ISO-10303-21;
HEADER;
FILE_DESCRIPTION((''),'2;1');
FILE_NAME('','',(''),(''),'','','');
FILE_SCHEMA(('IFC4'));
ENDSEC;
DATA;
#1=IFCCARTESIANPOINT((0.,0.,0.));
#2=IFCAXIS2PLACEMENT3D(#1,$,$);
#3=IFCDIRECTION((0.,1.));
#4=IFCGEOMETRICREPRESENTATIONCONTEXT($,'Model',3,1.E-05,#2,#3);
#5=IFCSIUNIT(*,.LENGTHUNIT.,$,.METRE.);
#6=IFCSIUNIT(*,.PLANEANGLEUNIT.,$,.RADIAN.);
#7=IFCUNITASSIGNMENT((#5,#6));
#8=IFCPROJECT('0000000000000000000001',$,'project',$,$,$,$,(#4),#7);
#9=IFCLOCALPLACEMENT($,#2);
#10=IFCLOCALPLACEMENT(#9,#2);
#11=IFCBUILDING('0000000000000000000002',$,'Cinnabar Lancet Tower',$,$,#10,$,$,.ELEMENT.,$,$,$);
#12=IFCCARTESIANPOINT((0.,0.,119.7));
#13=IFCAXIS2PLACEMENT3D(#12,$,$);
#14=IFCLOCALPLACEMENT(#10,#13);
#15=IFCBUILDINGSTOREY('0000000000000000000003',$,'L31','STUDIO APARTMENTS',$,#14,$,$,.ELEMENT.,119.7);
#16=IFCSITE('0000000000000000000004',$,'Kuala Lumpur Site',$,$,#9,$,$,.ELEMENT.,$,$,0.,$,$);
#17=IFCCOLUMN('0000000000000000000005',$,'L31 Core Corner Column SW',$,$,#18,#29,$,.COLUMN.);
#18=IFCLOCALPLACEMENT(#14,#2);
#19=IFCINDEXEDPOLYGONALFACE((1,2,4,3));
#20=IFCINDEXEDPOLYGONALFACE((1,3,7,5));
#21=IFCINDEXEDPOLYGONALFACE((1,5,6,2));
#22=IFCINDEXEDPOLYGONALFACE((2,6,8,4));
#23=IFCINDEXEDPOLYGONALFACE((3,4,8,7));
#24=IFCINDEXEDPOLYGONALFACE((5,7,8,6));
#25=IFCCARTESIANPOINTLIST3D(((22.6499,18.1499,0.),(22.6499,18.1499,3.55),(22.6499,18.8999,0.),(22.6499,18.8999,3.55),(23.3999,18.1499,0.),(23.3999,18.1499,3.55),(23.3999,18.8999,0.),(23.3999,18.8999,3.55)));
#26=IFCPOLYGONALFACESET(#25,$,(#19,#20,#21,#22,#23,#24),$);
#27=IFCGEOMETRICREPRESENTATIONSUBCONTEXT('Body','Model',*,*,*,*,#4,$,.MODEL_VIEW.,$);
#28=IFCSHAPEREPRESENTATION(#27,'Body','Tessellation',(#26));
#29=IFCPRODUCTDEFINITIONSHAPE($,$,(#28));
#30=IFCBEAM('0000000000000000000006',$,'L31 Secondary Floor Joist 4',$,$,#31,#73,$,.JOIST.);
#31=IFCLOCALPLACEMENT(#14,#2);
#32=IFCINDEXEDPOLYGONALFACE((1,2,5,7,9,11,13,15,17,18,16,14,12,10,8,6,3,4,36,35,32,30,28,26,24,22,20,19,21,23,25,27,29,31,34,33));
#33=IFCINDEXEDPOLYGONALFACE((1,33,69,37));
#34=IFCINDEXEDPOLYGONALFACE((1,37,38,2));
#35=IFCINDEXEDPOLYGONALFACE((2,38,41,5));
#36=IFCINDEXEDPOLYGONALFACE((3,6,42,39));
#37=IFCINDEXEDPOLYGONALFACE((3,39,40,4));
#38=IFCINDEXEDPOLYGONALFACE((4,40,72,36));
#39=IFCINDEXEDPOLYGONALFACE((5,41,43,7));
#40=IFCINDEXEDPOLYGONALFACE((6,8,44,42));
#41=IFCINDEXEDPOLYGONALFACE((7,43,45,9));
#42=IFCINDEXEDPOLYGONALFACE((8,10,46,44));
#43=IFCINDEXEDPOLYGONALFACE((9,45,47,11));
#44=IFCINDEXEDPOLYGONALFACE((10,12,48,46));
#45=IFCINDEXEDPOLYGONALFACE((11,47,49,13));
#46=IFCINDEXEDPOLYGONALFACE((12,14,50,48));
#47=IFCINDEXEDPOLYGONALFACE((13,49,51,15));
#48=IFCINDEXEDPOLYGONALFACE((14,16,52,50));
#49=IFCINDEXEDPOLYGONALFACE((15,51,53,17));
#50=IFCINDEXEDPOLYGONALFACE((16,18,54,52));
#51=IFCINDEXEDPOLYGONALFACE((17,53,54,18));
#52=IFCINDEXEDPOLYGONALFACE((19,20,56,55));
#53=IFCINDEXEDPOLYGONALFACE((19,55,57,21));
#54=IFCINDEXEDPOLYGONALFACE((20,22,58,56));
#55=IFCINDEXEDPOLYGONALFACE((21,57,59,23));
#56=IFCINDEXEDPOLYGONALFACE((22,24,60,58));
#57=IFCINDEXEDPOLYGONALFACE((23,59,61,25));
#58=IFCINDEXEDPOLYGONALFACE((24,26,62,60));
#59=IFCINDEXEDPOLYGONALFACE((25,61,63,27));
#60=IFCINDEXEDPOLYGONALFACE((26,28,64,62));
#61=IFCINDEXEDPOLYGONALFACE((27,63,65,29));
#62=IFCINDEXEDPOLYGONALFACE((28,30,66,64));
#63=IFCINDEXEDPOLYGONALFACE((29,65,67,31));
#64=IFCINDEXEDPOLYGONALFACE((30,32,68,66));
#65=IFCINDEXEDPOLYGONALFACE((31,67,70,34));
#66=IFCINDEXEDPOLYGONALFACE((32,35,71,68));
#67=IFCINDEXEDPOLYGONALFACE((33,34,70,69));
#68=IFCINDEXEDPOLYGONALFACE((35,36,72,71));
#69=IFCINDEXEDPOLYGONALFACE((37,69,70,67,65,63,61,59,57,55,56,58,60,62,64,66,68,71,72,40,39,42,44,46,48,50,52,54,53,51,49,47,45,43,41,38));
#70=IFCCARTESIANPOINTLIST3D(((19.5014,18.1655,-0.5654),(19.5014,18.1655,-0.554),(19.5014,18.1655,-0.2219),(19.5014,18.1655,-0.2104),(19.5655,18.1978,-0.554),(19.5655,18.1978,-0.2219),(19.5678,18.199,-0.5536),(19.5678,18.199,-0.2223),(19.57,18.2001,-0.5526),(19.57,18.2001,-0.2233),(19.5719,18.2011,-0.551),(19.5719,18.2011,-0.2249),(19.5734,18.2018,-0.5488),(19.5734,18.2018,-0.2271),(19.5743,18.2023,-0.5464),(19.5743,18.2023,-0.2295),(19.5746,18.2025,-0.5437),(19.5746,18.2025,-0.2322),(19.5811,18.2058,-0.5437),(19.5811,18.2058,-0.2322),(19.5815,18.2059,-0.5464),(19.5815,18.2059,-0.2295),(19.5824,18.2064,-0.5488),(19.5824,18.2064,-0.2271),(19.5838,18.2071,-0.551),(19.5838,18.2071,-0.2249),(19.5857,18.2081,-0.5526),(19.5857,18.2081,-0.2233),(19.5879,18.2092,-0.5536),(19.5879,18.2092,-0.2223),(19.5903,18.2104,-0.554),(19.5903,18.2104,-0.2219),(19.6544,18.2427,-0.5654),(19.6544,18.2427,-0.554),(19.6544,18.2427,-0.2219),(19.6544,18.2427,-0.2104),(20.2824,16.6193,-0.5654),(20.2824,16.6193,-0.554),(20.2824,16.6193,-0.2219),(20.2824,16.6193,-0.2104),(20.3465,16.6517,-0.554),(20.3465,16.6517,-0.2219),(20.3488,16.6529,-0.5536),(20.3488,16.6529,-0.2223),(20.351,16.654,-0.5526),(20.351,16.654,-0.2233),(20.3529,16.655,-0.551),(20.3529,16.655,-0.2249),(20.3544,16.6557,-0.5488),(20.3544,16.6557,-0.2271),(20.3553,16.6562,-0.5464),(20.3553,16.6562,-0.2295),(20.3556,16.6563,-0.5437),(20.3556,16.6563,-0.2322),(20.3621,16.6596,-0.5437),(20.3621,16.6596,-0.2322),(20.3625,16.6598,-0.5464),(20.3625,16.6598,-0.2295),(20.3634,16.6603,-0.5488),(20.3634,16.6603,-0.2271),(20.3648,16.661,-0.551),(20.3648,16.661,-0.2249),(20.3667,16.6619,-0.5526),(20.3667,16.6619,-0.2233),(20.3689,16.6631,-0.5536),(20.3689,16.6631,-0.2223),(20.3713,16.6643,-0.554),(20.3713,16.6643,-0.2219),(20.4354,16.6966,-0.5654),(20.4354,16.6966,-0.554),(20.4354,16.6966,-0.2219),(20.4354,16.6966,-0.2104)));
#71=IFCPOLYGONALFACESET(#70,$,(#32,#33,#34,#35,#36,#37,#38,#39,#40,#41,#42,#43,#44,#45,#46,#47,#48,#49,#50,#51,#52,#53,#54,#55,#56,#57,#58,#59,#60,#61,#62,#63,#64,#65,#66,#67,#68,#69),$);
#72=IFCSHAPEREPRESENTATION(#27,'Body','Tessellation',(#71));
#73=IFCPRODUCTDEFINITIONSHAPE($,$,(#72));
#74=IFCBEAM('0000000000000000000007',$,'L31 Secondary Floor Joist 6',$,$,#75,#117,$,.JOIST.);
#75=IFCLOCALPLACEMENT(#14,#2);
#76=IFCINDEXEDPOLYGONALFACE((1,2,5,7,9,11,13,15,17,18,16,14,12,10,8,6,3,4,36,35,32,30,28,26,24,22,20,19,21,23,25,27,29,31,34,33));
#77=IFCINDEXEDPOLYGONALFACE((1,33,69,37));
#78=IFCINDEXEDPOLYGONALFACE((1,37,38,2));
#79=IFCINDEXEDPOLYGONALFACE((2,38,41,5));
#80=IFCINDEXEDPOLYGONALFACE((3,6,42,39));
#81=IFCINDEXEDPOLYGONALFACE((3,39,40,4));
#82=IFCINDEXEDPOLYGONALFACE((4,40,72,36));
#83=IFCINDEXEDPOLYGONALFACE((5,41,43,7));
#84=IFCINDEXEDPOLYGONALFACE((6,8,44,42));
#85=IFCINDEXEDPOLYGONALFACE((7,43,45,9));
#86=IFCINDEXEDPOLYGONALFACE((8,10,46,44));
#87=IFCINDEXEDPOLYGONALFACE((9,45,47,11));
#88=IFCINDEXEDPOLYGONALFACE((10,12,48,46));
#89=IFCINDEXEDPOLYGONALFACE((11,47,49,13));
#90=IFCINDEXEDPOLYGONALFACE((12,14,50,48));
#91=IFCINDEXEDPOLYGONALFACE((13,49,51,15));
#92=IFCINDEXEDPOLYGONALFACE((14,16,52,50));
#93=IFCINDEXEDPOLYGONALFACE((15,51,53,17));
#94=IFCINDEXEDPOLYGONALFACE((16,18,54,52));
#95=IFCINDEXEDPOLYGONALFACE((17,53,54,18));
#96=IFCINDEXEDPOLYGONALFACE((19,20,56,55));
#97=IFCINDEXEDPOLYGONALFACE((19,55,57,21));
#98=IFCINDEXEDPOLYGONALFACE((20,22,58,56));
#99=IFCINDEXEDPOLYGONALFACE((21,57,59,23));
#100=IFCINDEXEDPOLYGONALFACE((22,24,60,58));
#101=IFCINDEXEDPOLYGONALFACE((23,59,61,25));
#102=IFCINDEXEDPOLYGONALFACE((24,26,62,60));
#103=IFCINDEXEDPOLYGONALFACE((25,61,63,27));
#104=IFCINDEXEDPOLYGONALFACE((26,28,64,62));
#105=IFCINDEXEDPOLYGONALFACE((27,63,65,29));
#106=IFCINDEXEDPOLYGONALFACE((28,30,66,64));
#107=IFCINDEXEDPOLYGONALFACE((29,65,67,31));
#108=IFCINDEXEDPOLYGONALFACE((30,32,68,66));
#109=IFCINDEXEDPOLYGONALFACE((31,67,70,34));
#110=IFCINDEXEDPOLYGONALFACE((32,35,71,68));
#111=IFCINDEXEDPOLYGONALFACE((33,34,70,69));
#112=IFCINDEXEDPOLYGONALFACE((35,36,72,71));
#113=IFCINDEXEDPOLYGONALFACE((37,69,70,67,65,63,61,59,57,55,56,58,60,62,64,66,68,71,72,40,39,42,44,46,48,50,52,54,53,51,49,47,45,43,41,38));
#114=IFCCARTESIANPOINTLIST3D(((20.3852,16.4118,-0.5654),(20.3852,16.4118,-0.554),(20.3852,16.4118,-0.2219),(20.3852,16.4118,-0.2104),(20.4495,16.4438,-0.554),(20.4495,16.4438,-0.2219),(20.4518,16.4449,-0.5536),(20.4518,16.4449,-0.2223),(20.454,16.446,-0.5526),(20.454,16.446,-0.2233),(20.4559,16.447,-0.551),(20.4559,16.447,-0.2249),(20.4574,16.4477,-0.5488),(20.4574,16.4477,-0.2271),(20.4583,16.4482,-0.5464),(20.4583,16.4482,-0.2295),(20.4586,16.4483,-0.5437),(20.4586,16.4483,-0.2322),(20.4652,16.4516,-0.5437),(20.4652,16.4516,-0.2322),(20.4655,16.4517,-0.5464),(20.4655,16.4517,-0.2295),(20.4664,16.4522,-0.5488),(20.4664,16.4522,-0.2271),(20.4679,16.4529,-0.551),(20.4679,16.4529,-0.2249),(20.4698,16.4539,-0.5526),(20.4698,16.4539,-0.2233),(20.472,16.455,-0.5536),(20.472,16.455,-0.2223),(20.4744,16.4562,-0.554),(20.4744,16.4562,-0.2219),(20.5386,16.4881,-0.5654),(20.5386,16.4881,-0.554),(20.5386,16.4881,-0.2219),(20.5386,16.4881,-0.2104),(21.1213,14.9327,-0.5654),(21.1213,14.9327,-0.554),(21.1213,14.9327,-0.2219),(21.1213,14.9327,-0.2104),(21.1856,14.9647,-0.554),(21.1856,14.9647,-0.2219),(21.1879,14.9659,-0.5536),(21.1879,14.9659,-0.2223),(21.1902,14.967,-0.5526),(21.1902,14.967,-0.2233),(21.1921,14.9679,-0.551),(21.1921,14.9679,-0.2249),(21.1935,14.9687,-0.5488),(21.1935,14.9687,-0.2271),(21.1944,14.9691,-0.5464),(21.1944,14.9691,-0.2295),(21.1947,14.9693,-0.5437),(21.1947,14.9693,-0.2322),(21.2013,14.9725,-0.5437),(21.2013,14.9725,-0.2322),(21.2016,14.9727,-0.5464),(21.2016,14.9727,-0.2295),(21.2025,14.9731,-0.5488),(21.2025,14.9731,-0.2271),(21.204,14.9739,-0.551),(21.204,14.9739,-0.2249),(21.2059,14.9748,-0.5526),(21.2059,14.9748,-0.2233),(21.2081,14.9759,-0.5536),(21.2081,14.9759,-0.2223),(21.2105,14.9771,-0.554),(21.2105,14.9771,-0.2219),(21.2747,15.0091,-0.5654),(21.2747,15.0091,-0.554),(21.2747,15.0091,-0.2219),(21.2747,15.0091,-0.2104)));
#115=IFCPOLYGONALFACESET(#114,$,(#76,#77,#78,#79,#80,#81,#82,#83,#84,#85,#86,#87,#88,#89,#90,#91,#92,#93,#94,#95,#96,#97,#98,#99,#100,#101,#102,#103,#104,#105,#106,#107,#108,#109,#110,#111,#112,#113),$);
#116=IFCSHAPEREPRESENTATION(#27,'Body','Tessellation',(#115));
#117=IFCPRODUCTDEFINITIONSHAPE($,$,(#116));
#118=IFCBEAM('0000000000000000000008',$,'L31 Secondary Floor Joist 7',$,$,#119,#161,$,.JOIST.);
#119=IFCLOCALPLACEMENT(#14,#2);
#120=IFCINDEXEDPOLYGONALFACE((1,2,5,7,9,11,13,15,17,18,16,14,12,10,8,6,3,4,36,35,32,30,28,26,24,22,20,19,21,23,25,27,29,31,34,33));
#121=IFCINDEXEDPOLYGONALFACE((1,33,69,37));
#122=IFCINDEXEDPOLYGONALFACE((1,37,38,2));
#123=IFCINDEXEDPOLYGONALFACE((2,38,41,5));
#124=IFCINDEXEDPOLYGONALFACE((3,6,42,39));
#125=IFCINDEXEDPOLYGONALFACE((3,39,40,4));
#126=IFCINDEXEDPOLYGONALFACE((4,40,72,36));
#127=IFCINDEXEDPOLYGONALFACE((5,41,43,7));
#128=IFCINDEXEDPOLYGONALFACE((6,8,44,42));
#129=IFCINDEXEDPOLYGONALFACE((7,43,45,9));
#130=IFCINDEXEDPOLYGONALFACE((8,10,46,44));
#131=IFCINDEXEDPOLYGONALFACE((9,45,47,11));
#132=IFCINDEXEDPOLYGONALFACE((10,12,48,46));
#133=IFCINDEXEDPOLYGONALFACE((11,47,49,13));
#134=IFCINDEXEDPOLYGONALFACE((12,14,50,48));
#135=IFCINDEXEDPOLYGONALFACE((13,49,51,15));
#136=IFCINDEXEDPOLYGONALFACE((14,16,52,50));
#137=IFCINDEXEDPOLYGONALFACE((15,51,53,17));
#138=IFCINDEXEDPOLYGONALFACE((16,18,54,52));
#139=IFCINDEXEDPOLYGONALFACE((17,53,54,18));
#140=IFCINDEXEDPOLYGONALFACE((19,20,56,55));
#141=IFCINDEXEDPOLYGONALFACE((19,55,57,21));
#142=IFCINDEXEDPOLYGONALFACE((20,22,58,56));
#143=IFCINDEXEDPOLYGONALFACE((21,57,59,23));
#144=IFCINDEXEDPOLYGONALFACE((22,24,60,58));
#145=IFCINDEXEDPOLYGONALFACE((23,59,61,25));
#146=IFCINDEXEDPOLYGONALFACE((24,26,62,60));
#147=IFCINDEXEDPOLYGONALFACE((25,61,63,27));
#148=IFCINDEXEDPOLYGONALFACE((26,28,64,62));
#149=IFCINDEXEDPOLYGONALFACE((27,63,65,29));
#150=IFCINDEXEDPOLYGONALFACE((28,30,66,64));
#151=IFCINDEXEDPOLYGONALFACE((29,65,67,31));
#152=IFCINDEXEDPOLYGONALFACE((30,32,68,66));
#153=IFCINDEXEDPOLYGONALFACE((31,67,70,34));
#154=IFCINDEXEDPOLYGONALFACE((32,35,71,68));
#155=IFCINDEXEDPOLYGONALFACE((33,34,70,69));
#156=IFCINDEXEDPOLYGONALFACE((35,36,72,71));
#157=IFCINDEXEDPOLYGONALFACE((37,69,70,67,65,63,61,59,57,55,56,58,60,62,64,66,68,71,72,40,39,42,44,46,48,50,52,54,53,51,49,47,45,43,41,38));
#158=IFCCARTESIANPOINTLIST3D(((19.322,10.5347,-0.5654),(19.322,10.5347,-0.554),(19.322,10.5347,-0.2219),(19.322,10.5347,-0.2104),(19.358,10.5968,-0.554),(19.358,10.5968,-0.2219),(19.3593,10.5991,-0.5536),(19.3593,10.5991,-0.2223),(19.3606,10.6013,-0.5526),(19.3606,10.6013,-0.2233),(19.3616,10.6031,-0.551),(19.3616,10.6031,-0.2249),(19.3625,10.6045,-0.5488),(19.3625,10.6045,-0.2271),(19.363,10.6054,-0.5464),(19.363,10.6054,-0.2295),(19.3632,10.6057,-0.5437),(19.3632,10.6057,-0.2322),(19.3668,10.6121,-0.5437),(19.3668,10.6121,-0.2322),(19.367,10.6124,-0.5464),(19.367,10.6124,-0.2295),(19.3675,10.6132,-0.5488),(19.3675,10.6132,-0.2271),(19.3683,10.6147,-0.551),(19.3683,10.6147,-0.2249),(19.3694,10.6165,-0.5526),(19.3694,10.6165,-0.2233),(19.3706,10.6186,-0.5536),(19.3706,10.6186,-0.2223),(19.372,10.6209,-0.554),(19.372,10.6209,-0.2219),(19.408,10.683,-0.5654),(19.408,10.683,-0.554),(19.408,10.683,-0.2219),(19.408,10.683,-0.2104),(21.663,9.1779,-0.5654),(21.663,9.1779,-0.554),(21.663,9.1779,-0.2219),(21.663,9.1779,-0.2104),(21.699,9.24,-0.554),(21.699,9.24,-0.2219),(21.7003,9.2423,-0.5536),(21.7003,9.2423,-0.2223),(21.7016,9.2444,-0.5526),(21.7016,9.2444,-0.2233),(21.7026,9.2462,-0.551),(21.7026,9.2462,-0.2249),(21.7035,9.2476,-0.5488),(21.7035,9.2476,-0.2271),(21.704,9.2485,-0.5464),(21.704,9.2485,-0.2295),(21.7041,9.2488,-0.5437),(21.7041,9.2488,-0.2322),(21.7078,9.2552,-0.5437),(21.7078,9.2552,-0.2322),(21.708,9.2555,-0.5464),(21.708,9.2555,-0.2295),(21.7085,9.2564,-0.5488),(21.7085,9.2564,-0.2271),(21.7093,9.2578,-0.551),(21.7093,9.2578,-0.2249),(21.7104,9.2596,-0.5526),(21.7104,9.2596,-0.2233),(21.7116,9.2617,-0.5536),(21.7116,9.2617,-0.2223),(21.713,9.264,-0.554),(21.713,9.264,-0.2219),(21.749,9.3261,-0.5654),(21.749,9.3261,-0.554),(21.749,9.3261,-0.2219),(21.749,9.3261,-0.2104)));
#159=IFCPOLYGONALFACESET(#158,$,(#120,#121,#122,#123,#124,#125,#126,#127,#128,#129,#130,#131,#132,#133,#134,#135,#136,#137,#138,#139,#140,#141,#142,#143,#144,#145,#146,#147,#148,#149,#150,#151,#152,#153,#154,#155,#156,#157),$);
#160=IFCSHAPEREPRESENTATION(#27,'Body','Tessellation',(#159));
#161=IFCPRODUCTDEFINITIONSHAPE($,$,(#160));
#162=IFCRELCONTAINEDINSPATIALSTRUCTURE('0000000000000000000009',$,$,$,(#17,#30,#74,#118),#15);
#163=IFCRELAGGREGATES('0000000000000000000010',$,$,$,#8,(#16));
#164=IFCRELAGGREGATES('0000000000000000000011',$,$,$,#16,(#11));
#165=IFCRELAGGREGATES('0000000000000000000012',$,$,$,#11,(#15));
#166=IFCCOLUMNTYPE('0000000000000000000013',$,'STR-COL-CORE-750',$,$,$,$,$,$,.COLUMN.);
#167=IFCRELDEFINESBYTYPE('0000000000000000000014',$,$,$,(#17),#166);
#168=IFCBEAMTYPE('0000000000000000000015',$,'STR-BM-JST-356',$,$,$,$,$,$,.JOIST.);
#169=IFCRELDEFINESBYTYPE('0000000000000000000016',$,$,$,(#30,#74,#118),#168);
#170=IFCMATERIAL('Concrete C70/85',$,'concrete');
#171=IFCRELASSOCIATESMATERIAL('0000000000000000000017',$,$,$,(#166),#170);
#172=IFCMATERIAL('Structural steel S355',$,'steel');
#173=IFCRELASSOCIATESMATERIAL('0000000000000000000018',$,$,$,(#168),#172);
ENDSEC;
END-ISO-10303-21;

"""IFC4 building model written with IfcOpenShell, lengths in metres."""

from ifc_helpers import new_model, si_unit, direction, frame, origin, origin_2d, place, context, subcontext, project, spatial, rectangle, i_section, extrude, material, material_profile, profile_set, type_object, element, save


model = new_model("IFC4")

# Units and contexts
model_context = context("Model", 3, precision=1e-05, world=origin(), true_north=direction((0.0, 1.0)))
body_context = subcontext(model_context, "Body", "Model", "MODEL_VIEW")
ifc_project = project(units=[si_unit("LENGTHUNIT", "METRE"), si_unit("PLANEANGLEUNIT", "RADIAN")], contexts=[model_context])

# Site, building, storey
site_placement = place(None, origin())
site = spatial("IfcSite", under=ifc_project, at=site_placement, Name="Kuala Lumpur Site", CompositionType="ELEMENT", RefElevation=0.0)
building_placement = place(site_placement, origin())
building = spatial("IfcBuilding", under=site, at=building_placement, Name="Cinnabar Lancet Tower", CompositionType="ELEMENT")
storey_placement = place(building_placement, frame((0.0, 0.0, 119.7)))
storey = spatial("IfcBuildingStorey", under=building, at=storey_placement, Name="L31", Description="STUDIO APARTMENTS", CompositionType="ELEMENT", Elevation=119.7)

# Column
ifc_material_1 = material(Name="Concrete C70/85", Category="concrete")
ifc_material_profile_1 = material_profile(ifc_material_1, rectangle(XDim=0.75, YDim=0.75, at=origin_2d()), Name="RC-COL 750x750")
ifc_profile_set_1 = profile_set([ifc_material_profile_1], Name="Concrete C70/85")
column_type = type_object("IfcColumnType", Name="STR-COL-CORE-750", PredefinedType="COLUMN", material=ifc_profile_set_1)
column_placement = place(storey_placement, frame((23.0249, 18.5249, 0.0), z_axis=(0.0, 0.0, 1.0), x_axis=(1.0, 0.0, 0.0)))
element("IfcColumn", 1, at=column_placement, inside=storey, type_object=column_type, Name="L31 Core Corner Column SW", PredefinedType="COLUMN", context=body_context, shape_type="SweptSolid", body=[
    extrude(rectangle(XDim=0.75, YDim=0.75, at=origin_2d()), origin(), (0.0, 0.0, 1.0), 3.55),
])

# Beams
ifc_material_2 = material(Name="Structural steel S355", Category="steel")
ifc_material_profile_2 = material_profile(ifc_material_2, i_section(OverallWidth=0.1714, OverallDepth=0.355, WebThickness=0.0073, FlangeThickness=0.0115, FilletRadius=0.0103, at=origin_2d()), Name="UKB 356x171x51")
ifc_profile_set_2 = profile_set([ifc_material_profile_2], Name="Structural steel S355")
beam_type = type_object("IfcBeamType", Name="STR-BM-JST-356", PredefinedType="JOIST", material=ifc_profile_set_2)
beam_1_placement = place(storey_placement, frame((19.5779, 18.2041, -0.3879), z_axis=(0.450874, -0.892587, 0.0), x_axis=(0.892587, 0.450874, 0.0)))
element("IfcBeam", 2, at=beam_1_placement, inside=storey, type_object=beam_type, Name="L31 Secondary Floor Joist 4", PredefinedType="JOIST", context=body_context, shape_type="SweptSolid", body=[
    extrude(i_section(OverallWidth=0.1714, OverallDepth=0.355, WebThickness=0.0073, FlangeThickness=0.0115, FilletRadius=0.0103, at=origin_2d()), origin(), (0.0, 0.0, 1.0), 1.7322),
])
beam_2_placement = place(storey_placement, frame((20.4619, 16.45, -0.3879), z_axis=(0.445558, -0.895253, 0.0), x_axis=(0.895253, 0.445558, 0.0)))
element("IfcBeam", 3, at=beam_2_placement, inside=storey, type_object=beam_type, Name="L31 Secondary Floor Joist 6", PredefinedType="JOIST", context=body_context, shape_type="SweptSolid", body=[
    extrude(i_section(OverallWidth=0.1714, OverallDepth=0.355, WebThickness=0.0073, FlangeThickness=0.0115, FilletRadius=0.0103, at=origin_2d()), origin(), (0.0, 0.0, 1.0), 1.6521),
])
beam_3_placement = place(storey_placement, frame((19.365, 10.6089, -0.3879), z_axis=(0.865173, -0.501474, 0.0), x_axis=(0.501474, 0.865173, 0.0)))
element("IfcBeam", 4, at=beam_3_placement, inside=storey, type_object=beam_type, Name="L31 Secondary Floor Joist 7", PredefinedType="JOIST", context=body_context, shape_type="SweptSolid", body=[
    extrude(i_section(OverallWidth=0.1714, OverallDepth=0.355, WebThickness=0.0073, FlangeThickness=0.0115, FilletRadius=0.0103, at=origin_2d()), origin(), (0.0, 0.0, 1.0), 2.7058),
])

save(model, "model.ifc")
